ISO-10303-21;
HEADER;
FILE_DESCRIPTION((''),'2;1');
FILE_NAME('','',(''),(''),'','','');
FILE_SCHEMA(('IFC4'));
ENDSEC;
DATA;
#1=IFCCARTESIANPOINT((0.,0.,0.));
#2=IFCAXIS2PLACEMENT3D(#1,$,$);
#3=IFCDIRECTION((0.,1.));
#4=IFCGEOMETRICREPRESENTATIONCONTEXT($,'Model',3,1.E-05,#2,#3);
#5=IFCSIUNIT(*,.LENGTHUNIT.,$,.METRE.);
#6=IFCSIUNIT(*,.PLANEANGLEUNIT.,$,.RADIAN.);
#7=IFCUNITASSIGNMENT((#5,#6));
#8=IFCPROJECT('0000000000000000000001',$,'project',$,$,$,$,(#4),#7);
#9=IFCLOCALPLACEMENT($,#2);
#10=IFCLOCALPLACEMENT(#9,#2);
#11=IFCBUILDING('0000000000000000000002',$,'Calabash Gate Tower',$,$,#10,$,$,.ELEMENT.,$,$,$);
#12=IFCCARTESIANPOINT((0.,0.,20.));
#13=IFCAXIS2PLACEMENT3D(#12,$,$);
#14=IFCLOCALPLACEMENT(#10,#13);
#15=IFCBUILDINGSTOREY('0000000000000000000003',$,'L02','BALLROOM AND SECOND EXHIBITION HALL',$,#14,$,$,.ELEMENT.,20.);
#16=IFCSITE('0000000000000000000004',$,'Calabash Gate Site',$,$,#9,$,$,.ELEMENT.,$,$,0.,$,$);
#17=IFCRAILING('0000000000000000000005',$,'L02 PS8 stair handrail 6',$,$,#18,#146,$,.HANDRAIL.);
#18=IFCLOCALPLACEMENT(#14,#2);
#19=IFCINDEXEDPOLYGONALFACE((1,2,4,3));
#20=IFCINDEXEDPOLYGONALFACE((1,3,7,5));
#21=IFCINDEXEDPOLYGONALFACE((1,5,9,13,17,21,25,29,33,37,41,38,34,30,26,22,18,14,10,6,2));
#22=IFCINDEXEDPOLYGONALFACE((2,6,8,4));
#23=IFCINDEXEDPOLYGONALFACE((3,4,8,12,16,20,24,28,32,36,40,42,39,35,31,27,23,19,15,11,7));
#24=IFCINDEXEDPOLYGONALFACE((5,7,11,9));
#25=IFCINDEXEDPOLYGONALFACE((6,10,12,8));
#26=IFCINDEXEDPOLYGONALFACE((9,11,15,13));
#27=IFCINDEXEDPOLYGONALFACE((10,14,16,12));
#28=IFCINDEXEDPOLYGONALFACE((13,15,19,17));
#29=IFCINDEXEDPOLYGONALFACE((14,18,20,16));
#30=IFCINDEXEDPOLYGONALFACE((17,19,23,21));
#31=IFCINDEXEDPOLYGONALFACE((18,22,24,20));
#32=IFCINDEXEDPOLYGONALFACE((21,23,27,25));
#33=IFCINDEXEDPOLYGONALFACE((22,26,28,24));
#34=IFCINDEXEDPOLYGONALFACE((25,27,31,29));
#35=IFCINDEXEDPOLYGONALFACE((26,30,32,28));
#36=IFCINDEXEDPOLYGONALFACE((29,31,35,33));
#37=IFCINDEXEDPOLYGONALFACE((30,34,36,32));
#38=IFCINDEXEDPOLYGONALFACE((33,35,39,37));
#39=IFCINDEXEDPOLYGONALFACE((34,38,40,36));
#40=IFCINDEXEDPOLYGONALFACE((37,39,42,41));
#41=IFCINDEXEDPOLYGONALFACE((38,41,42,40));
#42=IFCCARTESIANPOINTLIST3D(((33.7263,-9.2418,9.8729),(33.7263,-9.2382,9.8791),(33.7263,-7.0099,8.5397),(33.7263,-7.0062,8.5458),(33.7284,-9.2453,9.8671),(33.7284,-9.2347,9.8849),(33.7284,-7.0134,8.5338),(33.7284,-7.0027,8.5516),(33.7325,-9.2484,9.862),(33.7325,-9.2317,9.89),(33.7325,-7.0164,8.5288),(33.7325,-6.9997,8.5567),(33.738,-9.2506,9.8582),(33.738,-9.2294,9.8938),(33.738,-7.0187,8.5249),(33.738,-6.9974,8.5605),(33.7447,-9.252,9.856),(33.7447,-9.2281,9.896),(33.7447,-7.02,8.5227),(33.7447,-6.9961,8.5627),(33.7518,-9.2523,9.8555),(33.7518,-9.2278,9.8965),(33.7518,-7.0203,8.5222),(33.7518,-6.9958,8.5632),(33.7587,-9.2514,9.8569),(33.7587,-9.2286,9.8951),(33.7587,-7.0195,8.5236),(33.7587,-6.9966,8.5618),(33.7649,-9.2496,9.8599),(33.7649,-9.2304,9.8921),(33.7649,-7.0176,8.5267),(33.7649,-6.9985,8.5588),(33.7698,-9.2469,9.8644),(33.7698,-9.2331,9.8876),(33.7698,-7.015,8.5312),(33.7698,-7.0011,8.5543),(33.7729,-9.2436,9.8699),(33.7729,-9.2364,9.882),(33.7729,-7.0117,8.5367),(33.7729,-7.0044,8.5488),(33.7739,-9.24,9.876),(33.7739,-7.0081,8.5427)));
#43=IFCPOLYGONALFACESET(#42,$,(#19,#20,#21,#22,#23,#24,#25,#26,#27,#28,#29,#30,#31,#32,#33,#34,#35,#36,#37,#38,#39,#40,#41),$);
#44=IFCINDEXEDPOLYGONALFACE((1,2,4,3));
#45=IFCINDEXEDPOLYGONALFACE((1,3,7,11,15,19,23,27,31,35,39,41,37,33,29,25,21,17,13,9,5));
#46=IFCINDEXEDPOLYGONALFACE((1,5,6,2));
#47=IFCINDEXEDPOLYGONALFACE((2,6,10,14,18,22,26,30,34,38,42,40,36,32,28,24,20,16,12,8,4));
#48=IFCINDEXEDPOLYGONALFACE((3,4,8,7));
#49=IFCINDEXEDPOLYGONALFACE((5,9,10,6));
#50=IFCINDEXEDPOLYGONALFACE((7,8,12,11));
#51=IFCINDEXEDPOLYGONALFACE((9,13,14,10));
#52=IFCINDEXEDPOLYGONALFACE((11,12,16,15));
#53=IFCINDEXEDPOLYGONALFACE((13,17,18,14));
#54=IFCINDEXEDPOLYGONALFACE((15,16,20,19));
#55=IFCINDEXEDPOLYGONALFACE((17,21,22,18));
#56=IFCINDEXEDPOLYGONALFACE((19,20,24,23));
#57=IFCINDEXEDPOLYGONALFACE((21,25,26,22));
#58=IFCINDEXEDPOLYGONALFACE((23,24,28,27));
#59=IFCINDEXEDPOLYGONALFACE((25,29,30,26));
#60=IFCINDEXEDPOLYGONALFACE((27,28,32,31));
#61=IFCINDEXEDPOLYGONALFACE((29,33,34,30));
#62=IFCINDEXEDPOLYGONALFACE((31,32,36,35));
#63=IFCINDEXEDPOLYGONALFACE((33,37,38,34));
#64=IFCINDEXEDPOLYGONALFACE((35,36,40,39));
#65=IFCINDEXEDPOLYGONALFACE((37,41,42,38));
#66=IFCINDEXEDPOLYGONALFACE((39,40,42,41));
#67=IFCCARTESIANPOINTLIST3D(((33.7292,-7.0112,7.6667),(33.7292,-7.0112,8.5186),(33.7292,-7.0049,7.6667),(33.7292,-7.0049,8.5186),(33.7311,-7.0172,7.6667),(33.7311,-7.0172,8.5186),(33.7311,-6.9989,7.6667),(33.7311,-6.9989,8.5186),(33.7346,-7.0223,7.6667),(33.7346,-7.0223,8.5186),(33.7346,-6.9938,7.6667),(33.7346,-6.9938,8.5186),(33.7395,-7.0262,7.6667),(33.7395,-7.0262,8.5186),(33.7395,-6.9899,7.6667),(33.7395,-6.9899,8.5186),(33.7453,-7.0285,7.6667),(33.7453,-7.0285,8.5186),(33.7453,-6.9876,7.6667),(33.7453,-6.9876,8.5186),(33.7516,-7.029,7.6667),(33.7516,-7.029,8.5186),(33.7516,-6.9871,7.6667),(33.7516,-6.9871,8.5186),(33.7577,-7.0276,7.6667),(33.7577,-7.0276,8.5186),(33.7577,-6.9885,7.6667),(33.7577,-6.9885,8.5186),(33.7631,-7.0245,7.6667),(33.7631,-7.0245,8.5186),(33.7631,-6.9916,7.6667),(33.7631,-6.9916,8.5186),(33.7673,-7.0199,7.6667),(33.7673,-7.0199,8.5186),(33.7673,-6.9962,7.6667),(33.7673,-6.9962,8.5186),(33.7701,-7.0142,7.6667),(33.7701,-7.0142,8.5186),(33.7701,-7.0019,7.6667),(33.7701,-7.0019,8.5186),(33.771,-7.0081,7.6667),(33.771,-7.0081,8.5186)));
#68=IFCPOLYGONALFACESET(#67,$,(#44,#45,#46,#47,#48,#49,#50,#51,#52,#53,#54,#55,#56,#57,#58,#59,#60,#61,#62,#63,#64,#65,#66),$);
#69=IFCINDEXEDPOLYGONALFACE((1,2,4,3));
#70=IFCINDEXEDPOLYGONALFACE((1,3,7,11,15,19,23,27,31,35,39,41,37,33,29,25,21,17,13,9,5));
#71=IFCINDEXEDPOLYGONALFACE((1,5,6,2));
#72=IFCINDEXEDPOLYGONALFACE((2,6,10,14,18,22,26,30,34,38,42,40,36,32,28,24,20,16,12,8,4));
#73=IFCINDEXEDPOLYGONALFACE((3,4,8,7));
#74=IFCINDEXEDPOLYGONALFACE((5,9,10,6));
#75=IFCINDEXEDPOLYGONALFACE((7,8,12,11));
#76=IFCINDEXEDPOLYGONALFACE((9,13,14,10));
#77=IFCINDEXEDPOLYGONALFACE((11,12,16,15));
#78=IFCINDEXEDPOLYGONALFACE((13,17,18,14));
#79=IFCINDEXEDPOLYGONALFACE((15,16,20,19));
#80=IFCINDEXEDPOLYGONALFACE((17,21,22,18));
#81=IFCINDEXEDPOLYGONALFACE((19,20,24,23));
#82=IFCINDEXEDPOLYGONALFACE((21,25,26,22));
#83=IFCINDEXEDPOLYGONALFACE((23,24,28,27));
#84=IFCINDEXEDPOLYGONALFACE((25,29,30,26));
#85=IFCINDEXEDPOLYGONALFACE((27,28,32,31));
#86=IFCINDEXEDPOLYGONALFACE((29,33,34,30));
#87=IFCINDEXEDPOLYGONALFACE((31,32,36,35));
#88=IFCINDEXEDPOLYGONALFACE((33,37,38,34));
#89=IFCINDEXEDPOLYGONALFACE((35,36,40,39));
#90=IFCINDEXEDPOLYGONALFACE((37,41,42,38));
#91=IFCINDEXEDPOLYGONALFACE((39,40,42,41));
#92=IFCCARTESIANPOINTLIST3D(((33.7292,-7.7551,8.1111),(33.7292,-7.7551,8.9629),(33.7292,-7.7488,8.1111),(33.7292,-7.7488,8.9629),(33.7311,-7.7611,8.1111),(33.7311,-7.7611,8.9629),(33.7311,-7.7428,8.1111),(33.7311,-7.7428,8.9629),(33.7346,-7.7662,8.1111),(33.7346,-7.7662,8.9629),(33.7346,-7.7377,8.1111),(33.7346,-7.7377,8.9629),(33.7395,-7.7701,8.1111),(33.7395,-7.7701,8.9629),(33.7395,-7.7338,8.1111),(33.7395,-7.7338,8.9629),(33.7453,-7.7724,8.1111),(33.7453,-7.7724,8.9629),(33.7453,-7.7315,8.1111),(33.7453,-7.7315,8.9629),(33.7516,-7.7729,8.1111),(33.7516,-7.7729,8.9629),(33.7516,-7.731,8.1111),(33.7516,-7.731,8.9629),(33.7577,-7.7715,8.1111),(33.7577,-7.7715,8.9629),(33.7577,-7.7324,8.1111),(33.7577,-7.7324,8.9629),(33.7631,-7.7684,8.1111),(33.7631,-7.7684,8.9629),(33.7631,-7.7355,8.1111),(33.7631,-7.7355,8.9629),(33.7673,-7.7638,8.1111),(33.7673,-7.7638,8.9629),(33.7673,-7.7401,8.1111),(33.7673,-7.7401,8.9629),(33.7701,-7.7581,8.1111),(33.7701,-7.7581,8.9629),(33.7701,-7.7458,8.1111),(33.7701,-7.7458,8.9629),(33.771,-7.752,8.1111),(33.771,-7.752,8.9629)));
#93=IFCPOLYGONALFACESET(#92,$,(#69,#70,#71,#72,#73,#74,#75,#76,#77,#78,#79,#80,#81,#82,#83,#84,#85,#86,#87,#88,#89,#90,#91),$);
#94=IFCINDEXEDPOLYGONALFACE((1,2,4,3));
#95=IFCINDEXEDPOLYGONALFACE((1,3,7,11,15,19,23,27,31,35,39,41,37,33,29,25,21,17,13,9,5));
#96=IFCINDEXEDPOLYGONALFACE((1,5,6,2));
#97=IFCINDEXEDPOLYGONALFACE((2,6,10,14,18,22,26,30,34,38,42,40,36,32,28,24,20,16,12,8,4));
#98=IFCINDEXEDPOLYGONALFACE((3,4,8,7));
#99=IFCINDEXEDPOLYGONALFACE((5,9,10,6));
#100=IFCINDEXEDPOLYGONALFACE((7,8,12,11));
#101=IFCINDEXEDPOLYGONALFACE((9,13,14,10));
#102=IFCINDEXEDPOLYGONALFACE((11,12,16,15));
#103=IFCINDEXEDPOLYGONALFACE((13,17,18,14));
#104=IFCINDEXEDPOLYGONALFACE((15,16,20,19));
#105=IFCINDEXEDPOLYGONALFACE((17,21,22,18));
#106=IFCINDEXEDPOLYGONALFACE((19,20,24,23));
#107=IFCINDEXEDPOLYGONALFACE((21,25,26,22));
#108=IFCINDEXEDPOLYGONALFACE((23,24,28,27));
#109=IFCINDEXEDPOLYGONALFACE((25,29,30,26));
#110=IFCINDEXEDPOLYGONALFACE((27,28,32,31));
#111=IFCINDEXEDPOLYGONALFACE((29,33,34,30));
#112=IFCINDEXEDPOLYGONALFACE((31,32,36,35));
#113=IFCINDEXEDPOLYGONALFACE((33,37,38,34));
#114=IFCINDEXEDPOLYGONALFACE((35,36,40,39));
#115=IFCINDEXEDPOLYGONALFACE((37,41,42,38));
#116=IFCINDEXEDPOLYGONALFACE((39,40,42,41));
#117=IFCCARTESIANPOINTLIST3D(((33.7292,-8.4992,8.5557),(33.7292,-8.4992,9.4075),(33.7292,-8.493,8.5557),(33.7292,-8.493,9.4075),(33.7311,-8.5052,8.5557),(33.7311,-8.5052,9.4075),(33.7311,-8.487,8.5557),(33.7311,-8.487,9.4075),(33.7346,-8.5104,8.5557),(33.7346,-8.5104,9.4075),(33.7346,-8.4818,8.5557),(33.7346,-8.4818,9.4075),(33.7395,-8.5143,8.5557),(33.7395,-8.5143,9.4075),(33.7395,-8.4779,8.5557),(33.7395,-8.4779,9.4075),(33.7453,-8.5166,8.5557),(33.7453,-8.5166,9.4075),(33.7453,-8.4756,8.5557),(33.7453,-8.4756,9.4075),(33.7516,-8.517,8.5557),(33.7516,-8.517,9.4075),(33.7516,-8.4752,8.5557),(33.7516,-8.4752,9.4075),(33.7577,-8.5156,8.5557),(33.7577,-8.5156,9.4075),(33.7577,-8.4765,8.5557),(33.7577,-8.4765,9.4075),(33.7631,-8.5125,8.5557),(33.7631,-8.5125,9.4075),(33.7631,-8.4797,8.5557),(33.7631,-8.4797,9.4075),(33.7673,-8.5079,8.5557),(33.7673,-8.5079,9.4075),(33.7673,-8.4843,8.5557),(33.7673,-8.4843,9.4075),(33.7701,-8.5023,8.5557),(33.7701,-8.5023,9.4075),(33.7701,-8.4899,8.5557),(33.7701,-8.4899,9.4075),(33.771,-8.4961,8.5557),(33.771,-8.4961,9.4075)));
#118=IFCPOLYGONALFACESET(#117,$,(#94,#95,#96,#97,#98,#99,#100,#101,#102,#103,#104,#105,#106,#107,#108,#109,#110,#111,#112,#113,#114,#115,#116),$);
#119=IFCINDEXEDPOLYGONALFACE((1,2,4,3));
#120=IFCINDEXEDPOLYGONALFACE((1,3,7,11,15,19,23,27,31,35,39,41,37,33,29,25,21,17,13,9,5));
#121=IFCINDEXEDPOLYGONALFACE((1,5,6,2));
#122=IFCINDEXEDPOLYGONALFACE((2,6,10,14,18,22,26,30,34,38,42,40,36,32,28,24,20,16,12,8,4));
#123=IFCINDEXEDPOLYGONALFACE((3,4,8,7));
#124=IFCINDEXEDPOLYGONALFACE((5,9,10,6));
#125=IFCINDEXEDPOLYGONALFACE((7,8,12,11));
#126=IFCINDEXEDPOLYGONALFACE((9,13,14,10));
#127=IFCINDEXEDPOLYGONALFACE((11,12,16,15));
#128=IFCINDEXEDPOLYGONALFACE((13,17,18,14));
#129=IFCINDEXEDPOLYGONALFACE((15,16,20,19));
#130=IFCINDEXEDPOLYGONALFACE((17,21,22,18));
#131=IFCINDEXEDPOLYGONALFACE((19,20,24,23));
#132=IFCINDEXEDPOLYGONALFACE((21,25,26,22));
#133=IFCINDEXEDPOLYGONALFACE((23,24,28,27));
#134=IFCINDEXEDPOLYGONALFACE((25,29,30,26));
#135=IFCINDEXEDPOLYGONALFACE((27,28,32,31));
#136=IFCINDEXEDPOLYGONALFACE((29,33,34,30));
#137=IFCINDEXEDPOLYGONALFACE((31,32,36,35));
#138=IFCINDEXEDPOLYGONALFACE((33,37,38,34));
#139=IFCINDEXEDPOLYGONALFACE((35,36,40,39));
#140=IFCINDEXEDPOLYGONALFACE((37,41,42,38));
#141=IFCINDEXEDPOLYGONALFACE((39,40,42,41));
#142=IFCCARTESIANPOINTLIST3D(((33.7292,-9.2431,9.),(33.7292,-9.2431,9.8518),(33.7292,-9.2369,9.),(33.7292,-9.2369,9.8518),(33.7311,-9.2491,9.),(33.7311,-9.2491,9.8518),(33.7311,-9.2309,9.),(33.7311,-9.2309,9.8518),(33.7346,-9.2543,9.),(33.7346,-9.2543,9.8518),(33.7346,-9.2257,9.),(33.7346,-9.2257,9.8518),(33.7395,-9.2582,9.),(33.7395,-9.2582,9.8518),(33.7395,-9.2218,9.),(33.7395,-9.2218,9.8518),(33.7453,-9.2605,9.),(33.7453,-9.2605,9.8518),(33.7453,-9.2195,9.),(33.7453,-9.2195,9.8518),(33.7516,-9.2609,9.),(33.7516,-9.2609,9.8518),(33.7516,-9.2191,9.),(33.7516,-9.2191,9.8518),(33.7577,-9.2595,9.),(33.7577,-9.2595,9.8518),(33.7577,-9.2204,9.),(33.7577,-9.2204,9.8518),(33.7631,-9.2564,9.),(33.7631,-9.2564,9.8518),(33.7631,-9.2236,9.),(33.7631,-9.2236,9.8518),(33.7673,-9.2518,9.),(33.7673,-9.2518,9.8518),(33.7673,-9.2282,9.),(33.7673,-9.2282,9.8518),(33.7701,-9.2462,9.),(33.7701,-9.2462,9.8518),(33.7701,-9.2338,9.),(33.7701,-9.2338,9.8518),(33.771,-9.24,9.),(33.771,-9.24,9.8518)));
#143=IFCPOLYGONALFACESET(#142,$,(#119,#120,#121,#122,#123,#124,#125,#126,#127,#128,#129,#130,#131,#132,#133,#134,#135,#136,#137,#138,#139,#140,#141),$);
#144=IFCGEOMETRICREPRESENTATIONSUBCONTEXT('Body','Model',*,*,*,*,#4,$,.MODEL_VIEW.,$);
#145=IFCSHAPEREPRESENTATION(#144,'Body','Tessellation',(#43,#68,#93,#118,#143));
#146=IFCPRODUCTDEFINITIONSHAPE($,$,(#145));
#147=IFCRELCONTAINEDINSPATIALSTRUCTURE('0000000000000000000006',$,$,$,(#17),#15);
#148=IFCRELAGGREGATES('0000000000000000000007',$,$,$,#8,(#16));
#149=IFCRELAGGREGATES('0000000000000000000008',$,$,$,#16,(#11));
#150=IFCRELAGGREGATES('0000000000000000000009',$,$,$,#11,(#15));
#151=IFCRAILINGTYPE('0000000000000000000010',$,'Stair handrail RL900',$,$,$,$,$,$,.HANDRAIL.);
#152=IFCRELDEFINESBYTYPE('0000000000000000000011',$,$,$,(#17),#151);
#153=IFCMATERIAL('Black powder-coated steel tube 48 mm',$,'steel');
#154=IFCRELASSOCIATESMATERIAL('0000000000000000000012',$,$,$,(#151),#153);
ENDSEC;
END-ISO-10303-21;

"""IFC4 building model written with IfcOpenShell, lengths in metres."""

from ifc_helpers import new_model, si_unit, direction, frame, origin, origin_2d, place, context, subcontext, project, spatial, circle, extrude, material, type_object, element, save


model = new_model("IFC4")

# Units and contexts
model_context = context("Model", 3, precision=1e-05, world=origin(), true_north=direction((0.0, 1.0)))
body_context = subcontext(model_context, "Body", "Model", "MODEL_VIEW")
ifc_project = project(units=[si_unit("LENGTHUNIT", "METRE"), si_unit("PLANEANGLEUNIT", "RADIAN")], contexts=[model_context])

# Site, building, storey
site_placement = place(None, origin())
site = spatial("IfcSite", under=ifc_project, at=site_placement, Name="Calabash Gate Site", CompositionType="ELEMENT", RefElevation=0.0)
building_placement = place(site_placement, origin())
building = spatial("IfcBuilding", under=site, at=building_placement, Name="Calabash Gate Tower", CompositionType="ELEMENT")
storey_placement = place(building_placement, frame((0.0, 0.0, 20.0)))
storey = spatial("IfcBuildingStorey", under=building, at=storey_placement, Name="L02", Description="BALLROOM AND SECOND EXHIBITION HALL", CompositionType="ELEMENT", Elevation=20.0)

# Railing
ifc_material_1 = material(Name="Black powder-coated steel tube 48 mm", Category="steel")
railing_type_1 = type_object("IfcRailingType", Name="Stair handrail RL900", PredefinedType="HANDRAIL", material=ifc_material_1)
for number, where, name in (
    (1, (33.75, -7.0081, 7.6667), "L02 PS8 stair handrail 6"),
):
    element("IfcRailing", number, at=place(storey_placement, frame(where)), inside=storey, type_object=railing_type_1, Name=name, PredefinedType="HANDRAIL", context=body_context, shape_type="SweptSolid", body=[
        extrude(circle(Radius=0.0239, at=origin_2d()), frame((0.0, 0.0, 0.876), z_axis=(0.0, -0.858494, 0.512824), x_axis=(1.0, 0.0, 0.0)), (0.0, 0.0, 1.0), 2.5999),
        extrude(circle(Radius=0.021, at=origin_2d()), origin(), (0.0, 0.0, 1.0), 0.8518),
        extrude(circle(Radius=0.021, at=origin_2d()), frame((0.0, -0.7439, 0.4443)), (0.0, 0.0, 1.0), 0.8518),
        extrude(circle(Radius=0.021, at=origin_2d()), frame((0.0, -1.488, 0.8889)), (0.0, 0.0, 1.0), 0.8518),
        extrude(circle(Radius=0.021, at=origin_2d()), frame((0.0, -2.2319, 1.3333)), (0.0, 0.0, 1.0), 0.8518),
    ])

save(model, "model.ifc")
